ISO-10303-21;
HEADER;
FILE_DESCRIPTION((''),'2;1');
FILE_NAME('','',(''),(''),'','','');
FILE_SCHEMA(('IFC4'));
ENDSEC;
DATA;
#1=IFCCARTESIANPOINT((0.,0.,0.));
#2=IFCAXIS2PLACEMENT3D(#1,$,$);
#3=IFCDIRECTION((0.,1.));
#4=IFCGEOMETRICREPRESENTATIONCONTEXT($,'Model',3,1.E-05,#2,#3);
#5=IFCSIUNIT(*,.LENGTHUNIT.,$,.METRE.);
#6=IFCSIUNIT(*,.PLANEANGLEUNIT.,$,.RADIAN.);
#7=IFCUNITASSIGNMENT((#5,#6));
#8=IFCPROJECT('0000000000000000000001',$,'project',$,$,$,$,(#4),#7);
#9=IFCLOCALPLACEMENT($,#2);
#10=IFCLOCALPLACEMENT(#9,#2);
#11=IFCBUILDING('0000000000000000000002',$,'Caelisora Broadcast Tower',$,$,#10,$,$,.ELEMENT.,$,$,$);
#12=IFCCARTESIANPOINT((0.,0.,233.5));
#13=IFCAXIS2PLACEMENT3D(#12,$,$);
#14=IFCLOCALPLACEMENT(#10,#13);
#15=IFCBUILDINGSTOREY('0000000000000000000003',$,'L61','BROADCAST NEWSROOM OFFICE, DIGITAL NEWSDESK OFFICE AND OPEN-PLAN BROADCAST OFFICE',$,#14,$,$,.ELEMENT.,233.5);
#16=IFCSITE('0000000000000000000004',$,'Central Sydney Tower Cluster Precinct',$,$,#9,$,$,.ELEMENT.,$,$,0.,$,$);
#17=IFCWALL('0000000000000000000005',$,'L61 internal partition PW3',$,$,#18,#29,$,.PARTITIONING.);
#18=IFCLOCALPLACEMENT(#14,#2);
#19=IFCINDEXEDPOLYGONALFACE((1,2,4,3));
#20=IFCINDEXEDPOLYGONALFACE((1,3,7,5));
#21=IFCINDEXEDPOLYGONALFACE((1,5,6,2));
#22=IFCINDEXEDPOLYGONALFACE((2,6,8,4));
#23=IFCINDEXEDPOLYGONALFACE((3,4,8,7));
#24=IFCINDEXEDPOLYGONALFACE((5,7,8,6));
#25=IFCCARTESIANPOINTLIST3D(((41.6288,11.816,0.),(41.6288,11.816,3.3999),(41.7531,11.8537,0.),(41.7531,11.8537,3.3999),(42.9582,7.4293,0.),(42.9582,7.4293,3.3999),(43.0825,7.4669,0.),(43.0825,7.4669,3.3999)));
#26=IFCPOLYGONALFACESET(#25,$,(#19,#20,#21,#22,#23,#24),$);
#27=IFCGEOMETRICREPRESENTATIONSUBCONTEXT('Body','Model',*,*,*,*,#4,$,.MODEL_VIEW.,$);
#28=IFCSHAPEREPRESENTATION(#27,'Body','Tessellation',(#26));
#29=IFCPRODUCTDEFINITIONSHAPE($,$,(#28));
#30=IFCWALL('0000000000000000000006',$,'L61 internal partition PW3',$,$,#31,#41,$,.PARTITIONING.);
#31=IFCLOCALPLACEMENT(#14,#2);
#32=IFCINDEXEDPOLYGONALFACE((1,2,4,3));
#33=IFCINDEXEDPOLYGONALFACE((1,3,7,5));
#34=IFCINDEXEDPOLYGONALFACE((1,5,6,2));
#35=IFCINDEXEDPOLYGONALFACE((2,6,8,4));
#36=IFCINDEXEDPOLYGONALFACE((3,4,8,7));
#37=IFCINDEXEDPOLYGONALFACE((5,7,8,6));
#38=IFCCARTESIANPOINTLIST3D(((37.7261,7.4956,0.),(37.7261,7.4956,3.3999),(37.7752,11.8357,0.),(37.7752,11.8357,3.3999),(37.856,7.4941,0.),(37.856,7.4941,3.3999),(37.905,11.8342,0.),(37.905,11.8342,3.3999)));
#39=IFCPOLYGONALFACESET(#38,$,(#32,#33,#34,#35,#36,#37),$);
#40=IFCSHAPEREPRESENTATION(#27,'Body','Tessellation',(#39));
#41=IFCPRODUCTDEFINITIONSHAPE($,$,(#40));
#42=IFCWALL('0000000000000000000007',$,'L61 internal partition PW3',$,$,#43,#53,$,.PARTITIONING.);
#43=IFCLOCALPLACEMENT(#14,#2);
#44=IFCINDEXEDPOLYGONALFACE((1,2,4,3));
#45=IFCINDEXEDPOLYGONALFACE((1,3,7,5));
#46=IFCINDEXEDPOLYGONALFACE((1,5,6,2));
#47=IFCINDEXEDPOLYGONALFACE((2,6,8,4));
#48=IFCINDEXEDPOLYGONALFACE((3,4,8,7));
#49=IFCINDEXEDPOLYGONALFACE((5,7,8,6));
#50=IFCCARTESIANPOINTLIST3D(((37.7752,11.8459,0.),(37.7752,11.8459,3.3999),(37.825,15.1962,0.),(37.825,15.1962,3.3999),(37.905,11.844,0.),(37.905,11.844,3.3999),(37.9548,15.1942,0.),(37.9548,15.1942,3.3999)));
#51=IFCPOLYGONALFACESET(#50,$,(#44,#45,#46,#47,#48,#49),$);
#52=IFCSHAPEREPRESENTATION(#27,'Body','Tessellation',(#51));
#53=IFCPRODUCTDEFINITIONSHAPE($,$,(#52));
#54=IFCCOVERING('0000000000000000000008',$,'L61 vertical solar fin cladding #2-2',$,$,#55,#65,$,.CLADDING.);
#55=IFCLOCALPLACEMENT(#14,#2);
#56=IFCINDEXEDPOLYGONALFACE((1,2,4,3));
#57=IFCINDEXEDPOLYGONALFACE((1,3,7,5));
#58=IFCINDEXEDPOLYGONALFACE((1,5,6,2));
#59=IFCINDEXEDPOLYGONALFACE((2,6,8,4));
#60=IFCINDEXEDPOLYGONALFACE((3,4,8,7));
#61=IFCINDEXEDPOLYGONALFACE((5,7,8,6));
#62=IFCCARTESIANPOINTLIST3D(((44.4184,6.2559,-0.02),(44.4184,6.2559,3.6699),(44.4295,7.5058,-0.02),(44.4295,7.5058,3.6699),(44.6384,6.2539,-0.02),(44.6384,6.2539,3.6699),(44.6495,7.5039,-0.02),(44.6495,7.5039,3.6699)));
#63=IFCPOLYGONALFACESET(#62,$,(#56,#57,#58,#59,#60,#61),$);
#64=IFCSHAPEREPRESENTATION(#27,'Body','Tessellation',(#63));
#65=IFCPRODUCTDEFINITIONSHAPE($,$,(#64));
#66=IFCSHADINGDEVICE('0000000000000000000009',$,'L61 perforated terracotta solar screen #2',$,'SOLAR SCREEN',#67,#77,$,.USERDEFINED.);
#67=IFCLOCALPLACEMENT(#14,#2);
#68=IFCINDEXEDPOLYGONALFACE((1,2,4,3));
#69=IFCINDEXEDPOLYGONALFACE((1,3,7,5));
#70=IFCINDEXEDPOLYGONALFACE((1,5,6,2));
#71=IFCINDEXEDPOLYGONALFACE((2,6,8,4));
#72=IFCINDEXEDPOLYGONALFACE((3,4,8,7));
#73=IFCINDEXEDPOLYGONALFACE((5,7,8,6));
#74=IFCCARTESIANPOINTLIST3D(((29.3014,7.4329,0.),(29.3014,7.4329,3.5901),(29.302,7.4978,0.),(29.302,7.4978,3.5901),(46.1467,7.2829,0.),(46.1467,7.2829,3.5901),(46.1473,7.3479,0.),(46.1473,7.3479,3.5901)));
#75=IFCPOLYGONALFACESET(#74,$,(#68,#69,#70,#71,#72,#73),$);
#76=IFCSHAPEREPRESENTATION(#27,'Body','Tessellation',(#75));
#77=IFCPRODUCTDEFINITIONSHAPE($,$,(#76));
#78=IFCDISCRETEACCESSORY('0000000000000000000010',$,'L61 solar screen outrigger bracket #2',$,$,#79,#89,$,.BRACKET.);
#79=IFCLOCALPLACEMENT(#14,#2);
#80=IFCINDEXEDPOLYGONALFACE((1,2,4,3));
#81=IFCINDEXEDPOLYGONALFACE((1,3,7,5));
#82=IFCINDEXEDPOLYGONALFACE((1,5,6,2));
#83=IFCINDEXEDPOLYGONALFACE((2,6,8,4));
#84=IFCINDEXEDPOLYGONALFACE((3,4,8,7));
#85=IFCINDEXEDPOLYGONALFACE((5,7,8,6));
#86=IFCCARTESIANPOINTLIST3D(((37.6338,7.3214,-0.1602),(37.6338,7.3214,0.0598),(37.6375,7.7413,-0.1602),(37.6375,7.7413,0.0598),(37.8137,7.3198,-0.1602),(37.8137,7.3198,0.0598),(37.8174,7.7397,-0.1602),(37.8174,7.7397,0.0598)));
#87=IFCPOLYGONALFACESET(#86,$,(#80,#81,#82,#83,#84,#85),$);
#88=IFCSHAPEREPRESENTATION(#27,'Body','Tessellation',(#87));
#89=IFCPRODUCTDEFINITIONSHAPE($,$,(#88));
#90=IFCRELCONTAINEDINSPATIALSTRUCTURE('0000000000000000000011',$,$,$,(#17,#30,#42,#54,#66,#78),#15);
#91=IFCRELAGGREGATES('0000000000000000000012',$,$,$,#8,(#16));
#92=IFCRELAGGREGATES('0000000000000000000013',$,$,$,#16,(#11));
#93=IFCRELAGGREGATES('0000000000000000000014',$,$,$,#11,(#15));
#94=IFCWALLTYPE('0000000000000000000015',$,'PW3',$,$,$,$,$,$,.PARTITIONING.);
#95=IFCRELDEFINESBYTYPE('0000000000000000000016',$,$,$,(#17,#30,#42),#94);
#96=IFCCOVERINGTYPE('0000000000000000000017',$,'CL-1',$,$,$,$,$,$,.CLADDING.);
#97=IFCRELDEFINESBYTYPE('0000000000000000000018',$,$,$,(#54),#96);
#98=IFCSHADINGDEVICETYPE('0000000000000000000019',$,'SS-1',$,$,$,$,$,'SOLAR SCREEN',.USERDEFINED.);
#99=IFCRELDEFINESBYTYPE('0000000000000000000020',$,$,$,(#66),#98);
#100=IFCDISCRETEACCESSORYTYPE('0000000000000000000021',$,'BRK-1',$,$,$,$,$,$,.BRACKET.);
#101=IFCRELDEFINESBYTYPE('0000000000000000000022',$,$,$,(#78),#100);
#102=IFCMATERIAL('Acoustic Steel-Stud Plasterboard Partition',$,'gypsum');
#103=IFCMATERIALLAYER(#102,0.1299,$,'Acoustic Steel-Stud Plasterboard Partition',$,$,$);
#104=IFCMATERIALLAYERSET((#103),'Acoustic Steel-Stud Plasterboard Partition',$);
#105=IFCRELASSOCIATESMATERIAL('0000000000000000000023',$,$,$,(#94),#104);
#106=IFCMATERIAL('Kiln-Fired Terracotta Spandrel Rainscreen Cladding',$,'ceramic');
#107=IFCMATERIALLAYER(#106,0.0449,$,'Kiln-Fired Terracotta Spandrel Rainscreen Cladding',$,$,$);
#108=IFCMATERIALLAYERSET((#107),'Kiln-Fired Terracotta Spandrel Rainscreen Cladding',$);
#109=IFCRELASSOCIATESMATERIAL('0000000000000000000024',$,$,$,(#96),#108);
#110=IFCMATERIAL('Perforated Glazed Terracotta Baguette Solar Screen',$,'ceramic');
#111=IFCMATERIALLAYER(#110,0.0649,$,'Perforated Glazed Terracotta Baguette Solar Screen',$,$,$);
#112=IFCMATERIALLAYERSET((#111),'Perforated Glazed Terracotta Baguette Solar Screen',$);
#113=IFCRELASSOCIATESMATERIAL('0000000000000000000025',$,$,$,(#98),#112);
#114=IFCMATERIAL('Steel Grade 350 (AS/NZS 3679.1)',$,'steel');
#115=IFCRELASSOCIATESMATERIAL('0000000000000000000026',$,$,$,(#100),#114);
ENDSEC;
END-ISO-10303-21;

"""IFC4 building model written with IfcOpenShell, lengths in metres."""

from ifc_helpers import new_model, si_unit, direction, frame, frame_2d, origin, origin_2d, place, context, subcontext, project, spatial, rectangle, extrude, source, transform, mapped, material, layer, layer_set, type_object, type_shapes, element, save


model = new_model("IFC4")

# Units and contexts
model_context = context("Model", 3, precision=1e-05, world=origin(), true_north=direction((0.0, 1.0)))
body_context = subcontext(model_context, "Body", "Model", "MODEL_VIEW")
ifc_project = project(units=[si_unit("LENGTHUNIT", "METRE"), si_unit("PLANEANGLEUNIT", "RADIAN")], contexts=[model_context])

# Site, building, storey
site_placement = place(None, origin())
site = spatial("IfcSite", under=ifc_project, at=site_placement, Name="Central Sydney Tower Cluster Precinct", CompositionType="ELEMENT", RefElevation=0.0)
building_placement = place(site_placement, origin())
building = spatial("IfcBuilding", under=site, at=building_placement, Name="Caelisora Broadcast Tower", CompositionType="ELEMENT")
storey_placement = place(building_placement, frame((0.0, 0.0, 233.5)))
storey = spatial("IfcBuildingStorey", under=building, at=storey_placement, Name="L61", Description="BROADCAST NEWSROOM OFFICE, DIGITAL NEWSDESK OFFICE AND OPEN-PLAN BROADCAST OFFICE", CompositionType="ELEMENT", Elevation=233.5)

# Shared definitions
ifc_material_1 = material(Name="Steel Grade 350 (AS/NZS 3679.1)", Category="steel")

# Shared definitions
ifc_material_2 = material(Name="Acoustic Steel-Stud Plasterboard Partition", Category="gypsum")
ifc_layer_1 = layer(ifc_material_2, 0.1299, Name="Acoustic Steel-Stud Plasterboard Partition")
ifc_layer_set_1 = layer_set([ifc_layer_1], Name="Acoustic Steel-Stud Plasterboard Partition")
wall_type = type_object("IfcWallType", Name="PW3", PredefinedType="PARTITIONING", material=ifc_layer_set_1)

# Walls
wall_1_placement = place(storey_placement, frame((41.6909, 11.835, 0.0), z_axis=(0.0, 0.0, 1.0), x_axis=(0.290015, -0.957022, 0.0)))
element("IfcWall", 1, at=wall_1_placement, inside=storey, type_object=wall_type, Name="L61 internal partition PW3", PredefinedType="PARTITIONING", context=body_context, shape_type="SweptSolid", body=[
    extrude(rectangle(XDim=4.5837, YDim=0.1299, at=frame_2d((2.292, 0.0))), origin(), (0.0, 0.0, 1.0), 3.3999),
])
wall_2_placement = place(storey_placement, frame((37.791, 7.4949, 0.0), z_axis=(0.0, 0.0, 1.0), x_axis=(0.011306, 0.999936, 0.0)))
element("IfcWall", 2, at=wall_2_placement, inside=storey, type_object=wall_type, Name="L61 internal partition PW3", PredefinedType="PARTITIONING", context=body_context, shape_type="SweptSolid", body=[
    extrude(rectangle(XDim=4.3403, YDim=0.1299, at=frame_2d((2.1702, 0.0))), origin(), (0.0, 0.0, 1.0), 3.3999),
])
wall_3_placement = place(storey_placement, frame((37.8401, 11.845, 0.0), z_axis=(0.0, 0.0, 1.0), x_axis=(0.014865, 0.99989, 0.0)))
element("IfcWall", 3, at=wall_3_placement, inside=storey, type_object=wall_type, Name="L61 internal partition PW3", PredefinedType="PARTITIONING", context=body_context, shape_type="SweptSolid", body=[
    extrude(rectangle(XDim=3.3506, YDim=0.1299, at=frame_2d((1.6753, 0.0))), origin(), (0.0, 0.0, 1.0), 3.3999),
])

# Covering
ifc_material_3 = material(Name="Kiln-Fired Terracotta Spandrel Rainscreen Cladding", Category="ceramic")
ifc_layer_2 = layer(ifc_material_3, 0.0449, Name="Kiln-Fired Terracotta Spandrel Rainscreen Cladding")
ifc_layer_set_2 = layer_set([ifc_layer_2], Name="Kiln-Fired Terracotta Spandrel Rainscreen Cladding")
covering_type = type_object("IfcCoveringType", Name="CL-1", PredefinedType="CLADDING", material=ifc_layer_set_2)
shared_shape_1 = source(origin(), body_context, "Body", "SweptSolid", [
    extrude(rectangle(XDim=0.22, YDim=1.25, at=origin_2d()), origin(), (0.0, 0.0, 1.0), 3.6899),
])
type_shapes(covering_type, [shared_shape_1])
covering_placement = place(storey_placement, frame((44.5339, 6.8799, -0.02), z_axis=(0.0, 0.0, 1.0), x_axis=(-0.99996, 0.008901, 0.0)))
element("IfcCovering", 4, at=covering_placement, inside=storey, type_object=covering_type, Name="L61 vertical solar fin cladding #2-2", PredefinedType="CLADDING", context=body_context, shape_type="MappedRepresentation", body=[
    mapped(shared_shape_1, transform((0.0, 0.0, 0.0), scale=1.0)),
])

# Shading device
ifc_material_4 = material(Name="Perforated Glazed Terracotta Baguette Solar Screen", Category="ceramic")
ifc_layer_3 = layer(ifc_material_4, 0.0649, Name="Perforated Glazed Terracotta Baguette Solar Screen")
ifc_layer_set_3 = layer_set([ifc_layer_3], Name="Perforated Glazed Terracotta Baguette Solar Screen")
shading_device_type = type_object("IfcShadingDeviceType", Name="SS-1", ElementType="SOLAR SCREEN", PredefinedType="USERDEFINED", material=ifc_layer_set_3)
shared_shape_2 = source(origin(), body_context, "Body", "SweptSolid", [
    extrude(rectangle(XDim=16.8459, YDim=0.0649, at=origin_2d()), origin(), (0.0, 0.0, 1.0), 3.5901),
])
type_shapes(shading_device_type, [shared_shape_2])
shading_device_placement = place(storey_placement, frame((37.7244, 7.3904, 0.0), z_axis=(0.0, 0.0, 1.0), x_axis=(0.99996, -0.008901, 0.0)))
element("IfcShadingDevice", 5, at=shading_device_placement, inside=storey, type_object=shading_device_type, Name="L61 perforated terracotta solar screen #2", ObjectType="SOLAR SCREEN", PredefinedType="USERDEFINED", context=body_context, shape_type="MappedRepresentation", body=[
    mapped(shared_shape_2, transform((0.0, 0.0, 0.0), scale=1.0)),
])

# Discrete accessory
discrete_accessory_type = type_object("IfcDiscreteAccessoryType", Name="BRK-1", PredefinedType="BRACKET", material=ifc_material_1)
shared_shape_3 = source(origin(), body_context, "Body", "SweptSolid", [
    extrude(rectangle(XDim=0.1799, YDim=0.4199, at=origin_2d()), origin(), (0.0, 0.0, 1.0), 0.22),
])
type_shapes(discrete_accessory_type, [shared_shape_3])
discrete_accessory_placement = place(storey_placement, frame((37.7256, 7.5305, -0.1602), z_axis=(0.0, 0.0, 1.0), x_axis=(0.99996, -0.008901, 0.0)))
element("IfcDiscreteAccessory", 6, at=discrete_accessory_placement, inside=storey, type_object=discrete_accessory_type, Name="L61 solar screen outrigger bracket #2", PredefinedType="BRACKET", context=body_context, shape_type="MappedRepresentation", body=[
    mapped(shared_shape_3, transform((0.0, 0.0, 0.0), scale=1.0)),
])

save(model, "model.ifc")
